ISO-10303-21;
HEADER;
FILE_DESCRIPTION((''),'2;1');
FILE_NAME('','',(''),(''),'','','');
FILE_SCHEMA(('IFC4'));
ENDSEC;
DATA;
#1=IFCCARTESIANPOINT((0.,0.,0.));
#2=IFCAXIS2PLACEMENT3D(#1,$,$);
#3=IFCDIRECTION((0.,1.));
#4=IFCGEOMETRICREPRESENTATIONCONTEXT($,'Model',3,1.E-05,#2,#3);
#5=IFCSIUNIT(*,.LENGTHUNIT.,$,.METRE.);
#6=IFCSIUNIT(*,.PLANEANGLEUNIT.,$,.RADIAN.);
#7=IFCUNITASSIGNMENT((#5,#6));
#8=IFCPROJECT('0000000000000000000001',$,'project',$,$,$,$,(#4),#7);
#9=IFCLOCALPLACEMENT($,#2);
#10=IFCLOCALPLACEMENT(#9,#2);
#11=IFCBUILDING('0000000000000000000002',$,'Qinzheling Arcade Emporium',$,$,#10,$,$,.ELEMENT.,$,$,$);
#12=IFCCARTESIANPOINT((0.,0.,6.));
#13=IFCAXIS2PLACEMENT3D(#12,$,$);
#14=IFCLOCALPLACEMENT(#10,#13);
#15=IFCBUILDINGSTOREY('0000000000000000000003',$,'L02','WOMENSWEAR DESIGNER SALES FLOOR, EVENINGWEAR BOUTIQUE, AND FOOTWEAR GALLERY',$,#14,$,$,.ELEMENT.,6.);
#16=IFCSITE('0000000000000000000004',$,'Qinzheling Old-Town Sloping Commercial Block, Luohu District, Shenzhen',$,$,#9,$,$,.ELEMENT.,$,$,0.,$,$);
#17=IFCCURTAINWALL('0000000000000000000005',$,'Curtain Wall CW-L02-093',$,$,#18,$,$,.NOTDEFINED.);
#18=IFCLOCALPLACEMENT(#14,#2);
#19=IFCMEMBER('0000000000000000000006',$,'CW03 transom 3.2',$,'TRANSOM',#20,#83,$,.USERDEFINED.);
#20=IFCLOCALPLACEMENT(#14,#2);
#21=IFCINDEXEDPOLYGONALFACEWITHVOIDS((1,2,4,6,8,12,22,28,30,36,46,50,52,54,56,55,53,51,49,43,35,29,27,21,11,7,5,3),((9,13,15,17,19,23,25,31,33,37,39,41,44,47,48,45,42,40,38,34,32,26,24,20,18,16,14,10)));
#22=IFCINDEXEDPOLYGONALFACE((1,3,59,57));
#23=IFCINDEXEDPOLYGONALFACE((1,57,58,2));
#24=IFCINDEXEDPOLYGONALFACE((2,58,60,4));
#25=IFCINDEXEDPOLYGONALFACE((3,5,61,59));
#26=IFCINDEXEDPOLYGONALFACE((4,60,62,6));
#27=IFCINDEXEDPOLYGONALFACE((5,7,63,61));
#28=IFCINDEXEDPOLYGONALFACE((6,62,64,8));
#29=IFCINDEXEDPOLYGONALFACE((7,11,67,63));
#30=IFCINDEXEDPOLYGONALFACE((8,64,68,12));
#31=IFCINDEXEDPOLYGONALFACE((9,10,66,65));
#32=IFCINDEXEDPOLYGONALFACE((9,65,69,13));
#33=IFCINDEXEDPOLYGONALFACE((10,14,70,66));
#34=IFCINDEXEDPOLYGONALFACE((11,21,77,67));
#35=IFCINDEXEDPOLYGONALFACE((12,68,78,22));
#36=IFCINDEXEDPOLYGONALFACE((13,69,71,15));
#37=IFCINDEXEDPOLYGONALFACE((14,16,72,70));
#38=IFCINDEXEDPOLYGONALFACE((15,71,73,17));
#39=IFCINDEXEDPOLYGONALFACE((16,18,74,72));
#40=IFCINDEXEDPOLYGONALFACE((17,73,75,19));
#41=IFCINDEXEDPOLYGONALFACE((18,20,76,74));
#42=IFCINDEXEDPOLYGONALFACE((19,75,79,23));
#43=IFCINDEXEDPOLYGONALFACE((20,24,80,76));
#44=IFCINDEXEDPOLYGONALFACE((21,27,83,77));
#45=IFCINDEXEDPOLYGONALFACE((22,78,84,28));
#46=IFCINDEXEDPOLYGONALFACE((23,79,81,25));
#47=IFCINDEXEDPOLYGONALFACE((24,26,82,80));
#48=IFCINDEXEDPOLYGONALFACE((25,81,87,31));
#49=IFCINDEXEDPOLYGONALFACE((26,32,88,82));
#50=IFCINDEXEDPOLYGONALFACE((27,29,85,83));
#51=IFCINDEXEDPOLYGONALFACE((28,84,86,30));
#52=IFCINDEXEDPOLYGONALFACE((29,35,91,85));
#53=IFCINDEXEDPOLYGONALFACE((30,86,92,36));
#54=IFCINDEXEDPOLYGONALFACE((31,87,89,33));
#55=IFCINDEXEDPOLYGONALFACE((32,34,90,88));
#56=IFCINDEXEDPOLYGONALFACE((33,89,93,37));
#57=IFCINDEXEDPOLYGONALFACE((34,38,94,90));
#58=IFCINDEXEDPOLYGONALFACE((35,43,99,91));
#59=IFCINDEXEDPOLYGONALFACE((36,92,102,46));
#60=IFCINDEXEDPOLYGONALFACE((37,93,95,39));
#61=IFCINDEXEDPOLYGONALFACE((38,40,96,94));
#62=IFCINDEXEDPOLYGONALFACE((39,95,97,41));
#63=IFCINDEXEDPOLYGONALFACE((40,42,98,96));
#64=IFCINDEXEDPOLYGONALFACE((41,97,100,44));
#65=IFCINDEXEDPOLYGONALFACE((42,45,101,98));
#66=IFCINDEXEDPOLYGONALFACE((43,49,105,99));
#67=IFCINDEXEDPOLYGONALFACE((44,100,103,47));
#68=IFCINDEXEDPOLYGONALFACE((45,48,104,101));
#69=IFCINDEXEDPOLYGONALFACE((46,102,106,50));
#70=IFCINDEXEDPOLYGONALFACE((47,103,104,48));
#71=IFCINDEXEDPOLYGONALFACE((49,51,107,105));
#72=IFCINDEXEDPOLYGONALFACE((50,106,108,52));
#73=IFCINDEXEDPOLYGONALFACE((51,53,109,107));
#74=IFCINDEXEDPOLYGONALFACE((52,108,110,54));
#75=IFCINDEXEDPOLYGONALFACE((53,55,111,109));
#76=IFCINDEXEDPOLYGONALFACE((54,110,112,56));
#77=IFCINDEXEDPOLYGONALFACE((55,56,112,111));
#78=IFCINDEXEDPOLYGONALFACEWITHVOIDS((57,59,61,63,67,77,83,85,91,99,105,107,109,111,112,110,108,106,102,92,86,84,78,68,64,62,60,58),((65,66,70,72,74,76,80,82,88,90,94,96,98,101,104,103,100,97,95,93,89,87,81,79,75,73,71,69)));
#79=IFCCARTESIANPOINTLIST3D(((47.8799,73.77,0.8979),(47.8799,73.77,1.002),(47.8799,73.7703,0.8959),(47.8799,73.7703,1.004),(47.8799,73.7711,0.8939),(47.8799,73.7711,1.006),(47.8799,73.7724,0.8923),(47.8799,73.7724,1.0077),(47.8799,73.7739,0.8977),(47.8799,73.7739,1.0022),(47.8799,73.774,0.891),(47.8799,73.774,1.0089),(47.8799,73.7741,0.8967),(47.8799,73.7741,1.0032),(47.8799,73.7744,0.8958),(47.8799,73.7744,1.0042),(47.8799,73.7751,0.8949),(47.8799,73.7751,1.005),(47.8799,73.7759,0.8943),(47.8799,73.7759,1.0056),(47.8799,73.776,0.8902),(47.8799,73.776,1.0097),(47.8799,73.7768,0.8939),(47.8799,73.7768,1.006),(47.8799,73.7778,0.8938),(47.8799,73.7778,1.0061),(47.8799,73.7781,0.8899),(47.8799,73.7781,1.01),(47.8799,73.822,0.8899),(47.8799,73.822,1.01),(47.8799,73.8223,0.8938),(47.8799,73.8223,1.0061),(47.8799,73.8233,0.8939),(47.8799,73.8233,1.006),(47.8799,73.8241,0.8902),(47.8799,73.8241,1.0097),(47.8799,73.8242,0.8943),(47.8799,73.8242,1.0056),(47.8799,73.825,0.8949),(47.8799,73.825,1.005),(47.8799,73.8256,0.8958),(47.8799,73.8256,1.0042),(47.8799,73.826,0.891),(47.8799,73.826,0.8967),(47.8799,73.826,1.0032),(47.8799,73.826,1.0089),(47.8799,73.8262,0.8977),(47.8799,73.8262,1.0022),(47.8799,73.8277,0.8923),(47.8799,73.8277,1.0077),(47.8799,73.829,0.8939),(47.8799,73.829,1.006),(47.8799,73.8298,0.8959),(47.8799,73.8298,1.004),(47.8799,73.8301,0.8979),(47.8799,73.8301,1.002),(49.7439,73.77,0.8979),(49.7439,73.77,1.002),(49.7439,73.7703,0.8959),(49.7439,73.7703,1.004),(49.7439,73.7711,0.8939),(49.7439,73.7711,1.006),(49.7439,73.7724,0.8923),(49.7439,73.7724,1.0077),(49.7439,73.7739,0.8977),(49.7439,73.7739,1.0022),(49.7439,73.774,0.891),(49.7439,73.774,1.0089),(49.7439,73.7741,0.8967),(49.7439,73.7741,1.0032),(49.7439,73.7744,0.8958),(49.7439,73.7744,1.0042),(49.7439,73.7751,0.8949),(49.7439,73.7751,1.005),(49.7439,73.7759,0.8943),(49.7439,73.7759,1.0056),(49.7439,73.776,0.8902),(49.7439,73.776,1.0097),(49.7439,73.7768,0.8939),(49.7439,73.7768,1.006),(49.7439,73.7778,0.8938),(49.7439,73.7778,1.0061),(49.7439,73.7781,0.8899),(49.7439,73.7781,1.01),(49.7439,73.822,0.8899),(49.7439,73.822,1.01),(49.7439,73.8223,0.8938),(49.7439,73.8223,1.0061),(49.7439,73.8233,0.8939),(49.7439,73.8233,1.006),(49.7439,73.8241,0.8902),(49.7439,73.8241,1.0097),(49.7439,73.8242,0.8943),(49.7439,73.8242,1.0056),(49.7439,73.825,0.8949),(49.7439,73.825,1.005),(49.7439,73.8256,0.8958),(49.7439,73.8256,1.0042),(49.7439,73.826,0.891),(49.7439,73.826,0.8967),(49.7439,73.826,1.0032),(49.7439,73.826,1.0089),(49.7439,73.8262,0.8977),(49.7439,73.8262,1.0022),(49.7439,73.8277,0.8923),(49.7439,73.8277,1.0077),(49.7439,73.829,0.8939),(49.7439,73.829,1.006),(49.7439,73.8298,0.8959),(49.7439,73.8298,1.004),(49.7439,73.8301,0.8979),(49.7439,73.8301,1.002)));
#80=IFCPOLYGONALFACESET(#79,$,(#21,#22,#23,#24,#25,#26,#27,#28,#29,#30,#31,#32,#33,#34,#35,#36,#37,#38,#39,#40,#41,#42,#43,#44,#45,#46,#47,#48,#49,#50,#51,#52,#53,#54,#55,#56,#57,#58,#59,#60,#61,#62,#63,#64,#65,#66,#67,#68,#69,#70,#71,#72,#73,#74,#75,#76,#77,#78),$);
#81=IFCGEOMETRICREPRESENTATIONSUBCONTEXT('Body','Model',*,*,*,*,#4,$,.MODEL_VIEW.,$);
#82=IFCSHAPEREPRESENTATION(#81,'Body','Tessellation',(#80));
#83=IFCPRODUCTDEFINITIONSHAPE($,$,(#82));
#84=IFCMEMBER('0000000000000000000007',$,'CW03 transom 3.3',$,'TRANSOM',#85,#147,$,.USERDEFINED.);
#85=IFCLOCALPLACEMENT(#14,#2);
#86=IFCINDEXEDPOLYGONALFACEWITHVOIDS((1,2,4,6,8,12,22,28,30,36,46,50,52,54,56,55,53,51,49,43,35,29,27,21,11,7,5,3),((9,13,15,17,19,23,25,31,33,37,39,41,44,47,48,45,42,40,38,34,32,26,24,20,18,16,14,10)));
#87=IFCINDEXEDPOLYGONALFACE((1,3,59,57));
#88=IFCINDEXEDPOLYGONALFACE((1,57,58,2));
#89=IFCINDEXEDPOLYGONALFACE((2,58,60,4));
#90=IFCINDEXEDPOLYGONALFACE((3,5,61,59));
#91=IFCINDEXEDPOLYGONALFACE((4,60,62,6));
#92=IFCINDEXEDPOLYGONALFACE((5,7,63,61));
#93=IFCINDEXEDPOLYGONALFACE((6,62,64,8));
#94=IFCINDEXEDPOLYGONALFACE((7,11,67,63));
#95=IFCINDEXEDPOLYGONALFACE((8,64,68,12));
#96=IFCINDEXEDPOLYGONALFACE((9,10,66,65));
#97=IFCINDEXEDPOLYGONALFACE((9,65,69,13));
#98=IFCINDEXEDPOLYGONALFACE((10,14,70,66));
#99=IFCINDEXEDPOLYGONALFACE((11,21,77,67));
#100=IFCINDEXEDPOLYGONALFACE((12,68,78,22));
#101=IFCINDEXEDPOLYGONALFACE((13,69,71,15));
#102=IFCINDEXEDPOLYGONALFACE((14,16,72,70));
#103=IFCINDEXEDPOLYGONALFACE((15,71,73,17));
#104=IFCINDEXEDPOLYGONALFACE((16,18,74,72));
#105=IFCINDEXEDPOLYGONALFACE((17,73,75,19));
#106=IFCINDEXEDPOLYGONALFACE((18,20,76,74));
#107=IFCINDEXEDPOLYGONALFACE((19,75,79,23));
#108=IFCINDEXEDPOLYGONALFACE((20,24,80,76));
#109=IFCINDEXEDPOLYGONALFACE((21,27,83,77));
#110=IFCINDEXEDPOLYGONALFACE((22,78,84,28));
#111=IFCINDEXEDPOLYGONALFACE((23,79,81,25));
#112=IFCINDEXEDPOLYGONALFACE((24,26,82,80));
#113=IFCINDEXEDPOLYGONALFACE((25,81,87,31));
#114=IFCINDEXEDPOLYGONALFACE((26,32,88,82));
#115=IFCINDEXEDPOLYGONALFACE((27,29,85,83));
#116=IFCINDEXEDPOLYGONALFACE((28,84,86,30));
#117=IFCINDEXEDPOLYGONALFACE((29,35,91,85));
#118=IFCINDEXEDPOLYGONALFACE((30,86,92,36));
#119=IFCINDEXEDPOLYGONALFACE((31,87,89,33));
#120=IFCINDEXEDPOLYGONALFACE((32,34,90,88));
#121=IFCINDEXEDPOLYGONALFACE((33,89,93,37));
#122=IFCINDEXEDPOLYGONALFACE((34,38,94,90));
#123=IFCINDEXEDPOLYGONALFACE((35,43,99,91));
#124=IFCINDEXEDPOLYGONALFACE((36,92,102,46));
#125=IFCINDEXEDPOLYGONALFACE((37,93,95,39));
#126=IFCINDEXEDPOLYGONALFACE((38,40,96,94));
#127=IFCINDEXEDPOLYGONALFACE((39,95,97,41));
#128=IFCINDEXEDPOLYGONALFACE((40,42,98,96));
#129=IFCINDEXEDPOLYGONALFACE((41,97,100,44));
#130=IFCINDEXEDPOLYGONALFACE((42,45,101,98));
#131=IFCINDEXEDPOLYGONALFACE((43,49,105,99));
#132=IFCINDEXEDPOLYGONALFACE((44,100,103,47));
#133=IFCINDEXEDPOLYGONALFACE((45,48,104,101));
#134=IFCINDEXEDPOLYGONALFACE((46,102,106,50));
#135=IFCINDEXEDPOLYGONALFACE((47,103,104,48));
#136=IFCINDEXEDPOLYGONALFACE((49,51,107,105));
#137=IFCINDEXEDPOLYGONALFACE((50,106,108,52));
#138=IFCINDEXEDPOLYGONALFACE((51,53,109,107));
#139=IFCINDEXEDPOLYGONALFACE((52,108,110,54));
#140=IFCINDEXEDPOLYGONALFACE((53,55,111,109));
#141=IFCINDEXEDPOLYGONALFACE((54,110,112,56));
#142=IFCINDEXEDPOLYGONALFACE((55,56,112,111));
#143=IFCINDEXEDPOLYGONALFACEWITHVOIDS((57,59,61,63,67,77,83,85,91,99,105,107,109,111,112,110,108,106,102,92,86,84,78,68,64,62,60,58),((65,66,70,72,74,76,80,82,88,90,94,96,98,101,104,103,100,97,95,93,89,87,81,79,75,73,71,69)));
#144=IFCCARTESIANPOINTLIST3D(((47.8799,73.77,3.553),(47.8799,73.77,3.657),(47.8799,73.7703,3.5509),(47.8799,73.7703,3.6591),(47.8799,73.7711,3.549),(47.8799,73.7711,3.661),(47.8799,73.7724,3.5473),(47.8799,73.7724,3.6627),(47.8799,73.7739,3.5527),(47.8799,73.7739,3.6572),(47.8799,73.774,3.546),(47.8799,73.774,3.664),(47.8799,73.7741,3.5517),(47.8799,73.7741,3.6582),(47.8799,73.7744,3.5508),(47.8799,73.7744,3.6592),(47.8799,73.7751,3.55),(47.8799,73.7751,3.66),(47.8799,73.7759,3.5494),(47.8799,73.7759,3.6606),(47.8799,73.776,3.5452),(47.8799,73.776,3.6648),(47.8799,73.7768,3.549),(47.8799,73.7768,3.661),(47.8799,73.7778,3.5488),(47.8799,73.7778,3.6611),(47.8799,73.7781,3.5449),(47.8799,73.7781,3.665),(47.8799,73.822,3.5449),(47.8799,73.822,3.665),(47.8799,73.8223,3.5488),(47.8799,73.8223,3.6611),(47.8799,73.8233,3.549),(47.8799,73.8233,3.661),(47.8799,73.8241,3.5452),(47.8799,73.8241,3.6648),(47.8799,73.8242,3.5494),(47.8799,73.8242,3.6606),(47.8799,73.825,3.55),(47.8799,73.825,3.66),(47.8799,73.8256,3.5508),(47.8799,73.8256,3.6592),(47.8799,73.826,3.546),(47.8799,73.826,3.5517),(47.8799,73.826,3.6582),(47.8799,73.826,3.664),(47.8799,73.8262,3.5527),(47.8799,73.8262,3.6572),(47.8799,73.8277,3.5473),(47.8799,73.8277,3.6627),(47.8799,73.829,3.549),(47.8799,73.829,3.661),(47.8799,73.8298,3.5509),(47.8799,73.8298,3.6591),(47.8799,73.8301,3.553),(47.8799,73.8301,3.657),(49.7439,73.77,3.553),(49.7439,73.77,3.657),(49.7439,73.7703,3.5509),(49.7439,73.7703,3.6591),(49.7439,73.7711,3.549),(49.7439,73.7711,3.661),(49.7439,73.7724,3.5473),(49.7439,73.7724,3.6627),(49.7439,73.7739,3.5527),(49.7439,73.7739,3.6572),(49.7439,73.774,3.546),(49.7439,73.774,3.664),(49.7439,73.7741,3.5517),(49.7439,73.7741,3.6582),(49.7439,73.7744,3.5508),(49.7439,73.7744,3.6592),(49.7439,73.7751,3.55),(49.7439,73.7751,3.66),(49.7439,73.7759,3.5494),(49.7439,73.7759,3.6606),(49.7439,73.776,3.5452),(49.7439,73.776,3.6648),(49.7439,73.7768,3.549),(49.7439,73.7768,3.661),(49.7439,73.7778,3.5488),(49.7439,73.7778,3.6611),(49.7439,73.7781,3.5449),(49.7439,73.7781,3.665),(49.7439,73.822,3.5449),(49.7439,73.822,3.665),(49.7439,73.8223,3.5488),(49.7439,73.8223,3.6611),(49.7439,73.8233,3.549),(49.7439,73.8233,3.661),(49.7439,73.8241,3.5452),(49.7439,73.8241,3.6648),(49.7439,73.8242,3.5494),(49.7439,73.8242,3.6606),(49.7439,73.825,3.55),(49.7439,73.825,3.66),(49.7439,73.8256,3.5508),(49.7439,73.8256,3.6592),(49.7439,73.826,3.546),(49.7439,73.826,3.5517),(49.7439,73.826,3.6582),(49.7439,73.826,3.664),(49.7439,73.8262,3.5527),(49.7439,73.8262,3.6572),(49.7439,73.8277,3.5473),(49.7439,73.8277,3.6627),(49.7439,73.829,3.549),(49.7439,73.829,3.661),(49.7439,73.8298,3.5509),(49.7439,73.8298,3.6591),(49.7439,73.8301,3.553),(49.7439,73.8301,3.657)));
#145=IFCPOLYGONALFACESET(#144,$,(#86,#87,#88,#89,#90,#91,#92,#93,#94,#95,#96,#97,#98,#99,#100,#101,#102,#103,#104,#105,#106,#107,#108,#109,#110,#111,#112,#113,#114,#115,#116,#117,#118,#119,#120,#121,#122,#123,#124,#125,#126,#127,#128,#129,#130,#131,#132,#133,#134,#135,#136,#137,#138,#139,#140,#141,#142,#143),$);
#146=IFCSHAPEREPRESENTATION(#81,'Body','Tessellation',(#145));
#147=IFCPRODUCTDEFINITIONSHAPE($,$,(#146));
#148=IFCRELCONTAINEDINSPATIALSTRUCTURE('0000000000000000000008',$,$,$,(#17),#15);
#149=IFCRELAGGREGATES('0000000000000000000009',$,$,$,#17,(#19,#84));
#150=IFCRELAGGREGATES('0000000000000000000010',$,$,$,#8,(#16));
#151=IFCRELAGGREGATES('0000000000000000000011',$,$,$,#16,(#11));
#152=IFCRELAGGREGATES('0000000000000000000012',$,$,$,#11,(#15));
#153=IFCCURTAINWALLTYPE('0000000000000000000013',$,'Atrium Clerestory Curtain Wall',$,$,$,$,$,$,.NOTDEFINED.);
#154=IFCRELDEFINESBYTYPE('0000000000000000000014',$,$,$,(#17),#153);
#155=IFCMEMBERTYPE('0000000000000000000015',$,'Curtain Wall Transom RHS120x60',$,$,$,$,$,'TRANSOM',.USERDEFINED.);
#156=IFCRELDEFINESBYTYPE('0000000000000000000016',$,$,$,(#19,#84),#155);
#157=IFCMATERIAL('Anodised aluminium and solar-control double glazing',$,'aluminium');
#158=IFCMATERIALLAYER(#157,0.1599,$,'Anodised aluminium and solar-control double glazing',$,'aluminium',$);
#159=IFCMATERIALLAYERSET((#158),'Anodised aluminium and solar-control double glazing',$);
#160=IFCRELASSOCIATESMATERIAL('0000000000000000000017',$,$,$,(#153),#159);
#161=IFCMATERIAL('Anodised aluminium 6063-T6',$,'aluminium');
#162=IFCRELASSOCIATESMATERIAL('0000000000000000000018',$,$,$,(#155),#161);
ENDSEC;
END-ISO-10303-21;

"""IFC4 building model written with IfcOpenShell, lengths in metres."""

from ifc_helpers import new_model, si_unit, direction, frame, origin, origin_2d, place, context, subcontext, project, spatial, hollow_rectangle, extrude, material, layer, layer_set, material_profile, profile_set, type_object, element, aggregate, save


model = new_model("IFC4")

# Units and contexts
model_context = context("Model", 3, precision=1e-05, world=origin(), true_north=direction((0.0, 1.0)))
body_context = subcontext(model_context, "Body", "Model", "MODEL_VIEW")
ifc_project = project(units=[si_unit("LENGTHUNIT", "METRE"), si_unit("PLANEANGLEUNIT", "RADIAN")], contexts=[model_context])

# Site, building, storey
site_placement = place(None, origin())
site = spatial("IfcSite", under=ifc_project, at=site_placement, Name="Qinzheling Old-Town Sloping Commercial Block, Luohu District, Shenzhen", CompositionType="ELEMENT", RefElevation=0.0)
building_placement = place(site_placement, origin())
building = spatial("IfcBuilding", under=site, at=building_placement, Name="Qinzheling Arcade Emporium", CompositionType="ELEMENT")
storey_placement = place(building_placement, frame((0.0, 0.0, 6.0)))
storey = spatial("IfcBuildingStorey", under=building, at=storey_placement, Name="L02", Description="WOMENSWEAR DESIGNER SALES FLOOR, EVENINGWEAR BOUTIQUE, AND FOOTWEAR GALLERY", CompositionType="ELEMENT", Elevation=6.0)

# Curtain wall, members
ifc_material_1 = material(Name="Anodised aluminium and solar-control double glazing", Category="aluminium")
ifc_layer_1 = layer(ifc_material_1, 0.1599, Name="Anodised aluminium and solar-control double glazing", Category="aluminium")
ifc_layer_set_1 = layer_set([ifc_layer_1], Name="Anodised aluminium and solar-control double glazing")
curtain_wall_type = type_object("IfcCurtainWallType", Name="Atrium Clerestory Curtain Wall", PredefinedType="NOTDEFINED", material=ifc_layer_set_1)
curtain_wall_placement = place(storey_placement, origin())
curtain_wall = element("IfcCurtainWall", 1, at=curtain_wall_placement, inside=storey, type_object=curtain_wall_type, Name="Curtain Wall CW-L02-093", PredefinedType="NOTDEFINED")
ifc_material_2 = material(Name="Anodised aluminium 6063-T6", Category="aluminium")
ifc_material_profile_1 = material_profile(ifc_material_2, hollow_rectangle(XDim=0.0601, YDim=0.1201, WallThickness=0.0039, InnerFilletRadius=0.0039, OuterFilletRadius=0.0081, at=origin_2d()), Name="RHS 120x60x4", Category="aluminium")
ifc_profile_set_1 = profile_set([ifc_material_profile_1], Name="Anodised aluminium 6063-T6")
member_type_1 = type_object("IfcMemberType", Name="Curtain Wall Transom RHS120x60", ElementType="TRANSOM", PredefinedType="USERDEFINED", material=ifc_profile_set_1)
member_1_placement = place(storey_placement, frame((47.8799, 73.8, 0.95), z_axis=(1.0, 0.0, 0.0), x_axis=(0.0, 1.0, 0.0)))
member_1 = element("IfcMember", 2, at=member_1_placement, type_object=member_type_1, Name="CW03 transom 3.2", ObjectType="TRANSOM", PredefinedType="USERDEFINED", context=body_context, shape_type="SweptSolid", body=[
    extrude(hollow_rectangle(XDim=0.0601, YDim=0.1201, WallThickness=0.0039, InnerFilletRadius=0.0039, OuterFilletRadius=0.0081, at=origin_2d()), origin(), (0.0, 0.0, 1.0), 1.864),
])
member_2_placement = place(storey_placement, frame((47.8799, 73.8, 3.605), z_axis=(1.0, 0.0, 0.0), x_axis=(0.0, 1.0, 0.0)))
member_2 = element("IfcMember", 3, at=member_2_placement, type_object=member_type_1, Name="CW03 transom 3.3", ObjectType="TRANSOM", PredefinedType="USERDEFINED", context=body_context, shape_type="SweptSolid", body=[
    extrude(hollow_rectangle(XDim=0.0601, YDim=0.1201, WallThickness=0.0039, InnerFilletRadius=0.0039, OuterFilletRadius=0.0081, at=origin_2d()), origin(), (0.0, 0.0, 1.0), 1.864),
])
aggregate(curtain_wall, [member_1, member_2])

save(model, "model.ifc")
